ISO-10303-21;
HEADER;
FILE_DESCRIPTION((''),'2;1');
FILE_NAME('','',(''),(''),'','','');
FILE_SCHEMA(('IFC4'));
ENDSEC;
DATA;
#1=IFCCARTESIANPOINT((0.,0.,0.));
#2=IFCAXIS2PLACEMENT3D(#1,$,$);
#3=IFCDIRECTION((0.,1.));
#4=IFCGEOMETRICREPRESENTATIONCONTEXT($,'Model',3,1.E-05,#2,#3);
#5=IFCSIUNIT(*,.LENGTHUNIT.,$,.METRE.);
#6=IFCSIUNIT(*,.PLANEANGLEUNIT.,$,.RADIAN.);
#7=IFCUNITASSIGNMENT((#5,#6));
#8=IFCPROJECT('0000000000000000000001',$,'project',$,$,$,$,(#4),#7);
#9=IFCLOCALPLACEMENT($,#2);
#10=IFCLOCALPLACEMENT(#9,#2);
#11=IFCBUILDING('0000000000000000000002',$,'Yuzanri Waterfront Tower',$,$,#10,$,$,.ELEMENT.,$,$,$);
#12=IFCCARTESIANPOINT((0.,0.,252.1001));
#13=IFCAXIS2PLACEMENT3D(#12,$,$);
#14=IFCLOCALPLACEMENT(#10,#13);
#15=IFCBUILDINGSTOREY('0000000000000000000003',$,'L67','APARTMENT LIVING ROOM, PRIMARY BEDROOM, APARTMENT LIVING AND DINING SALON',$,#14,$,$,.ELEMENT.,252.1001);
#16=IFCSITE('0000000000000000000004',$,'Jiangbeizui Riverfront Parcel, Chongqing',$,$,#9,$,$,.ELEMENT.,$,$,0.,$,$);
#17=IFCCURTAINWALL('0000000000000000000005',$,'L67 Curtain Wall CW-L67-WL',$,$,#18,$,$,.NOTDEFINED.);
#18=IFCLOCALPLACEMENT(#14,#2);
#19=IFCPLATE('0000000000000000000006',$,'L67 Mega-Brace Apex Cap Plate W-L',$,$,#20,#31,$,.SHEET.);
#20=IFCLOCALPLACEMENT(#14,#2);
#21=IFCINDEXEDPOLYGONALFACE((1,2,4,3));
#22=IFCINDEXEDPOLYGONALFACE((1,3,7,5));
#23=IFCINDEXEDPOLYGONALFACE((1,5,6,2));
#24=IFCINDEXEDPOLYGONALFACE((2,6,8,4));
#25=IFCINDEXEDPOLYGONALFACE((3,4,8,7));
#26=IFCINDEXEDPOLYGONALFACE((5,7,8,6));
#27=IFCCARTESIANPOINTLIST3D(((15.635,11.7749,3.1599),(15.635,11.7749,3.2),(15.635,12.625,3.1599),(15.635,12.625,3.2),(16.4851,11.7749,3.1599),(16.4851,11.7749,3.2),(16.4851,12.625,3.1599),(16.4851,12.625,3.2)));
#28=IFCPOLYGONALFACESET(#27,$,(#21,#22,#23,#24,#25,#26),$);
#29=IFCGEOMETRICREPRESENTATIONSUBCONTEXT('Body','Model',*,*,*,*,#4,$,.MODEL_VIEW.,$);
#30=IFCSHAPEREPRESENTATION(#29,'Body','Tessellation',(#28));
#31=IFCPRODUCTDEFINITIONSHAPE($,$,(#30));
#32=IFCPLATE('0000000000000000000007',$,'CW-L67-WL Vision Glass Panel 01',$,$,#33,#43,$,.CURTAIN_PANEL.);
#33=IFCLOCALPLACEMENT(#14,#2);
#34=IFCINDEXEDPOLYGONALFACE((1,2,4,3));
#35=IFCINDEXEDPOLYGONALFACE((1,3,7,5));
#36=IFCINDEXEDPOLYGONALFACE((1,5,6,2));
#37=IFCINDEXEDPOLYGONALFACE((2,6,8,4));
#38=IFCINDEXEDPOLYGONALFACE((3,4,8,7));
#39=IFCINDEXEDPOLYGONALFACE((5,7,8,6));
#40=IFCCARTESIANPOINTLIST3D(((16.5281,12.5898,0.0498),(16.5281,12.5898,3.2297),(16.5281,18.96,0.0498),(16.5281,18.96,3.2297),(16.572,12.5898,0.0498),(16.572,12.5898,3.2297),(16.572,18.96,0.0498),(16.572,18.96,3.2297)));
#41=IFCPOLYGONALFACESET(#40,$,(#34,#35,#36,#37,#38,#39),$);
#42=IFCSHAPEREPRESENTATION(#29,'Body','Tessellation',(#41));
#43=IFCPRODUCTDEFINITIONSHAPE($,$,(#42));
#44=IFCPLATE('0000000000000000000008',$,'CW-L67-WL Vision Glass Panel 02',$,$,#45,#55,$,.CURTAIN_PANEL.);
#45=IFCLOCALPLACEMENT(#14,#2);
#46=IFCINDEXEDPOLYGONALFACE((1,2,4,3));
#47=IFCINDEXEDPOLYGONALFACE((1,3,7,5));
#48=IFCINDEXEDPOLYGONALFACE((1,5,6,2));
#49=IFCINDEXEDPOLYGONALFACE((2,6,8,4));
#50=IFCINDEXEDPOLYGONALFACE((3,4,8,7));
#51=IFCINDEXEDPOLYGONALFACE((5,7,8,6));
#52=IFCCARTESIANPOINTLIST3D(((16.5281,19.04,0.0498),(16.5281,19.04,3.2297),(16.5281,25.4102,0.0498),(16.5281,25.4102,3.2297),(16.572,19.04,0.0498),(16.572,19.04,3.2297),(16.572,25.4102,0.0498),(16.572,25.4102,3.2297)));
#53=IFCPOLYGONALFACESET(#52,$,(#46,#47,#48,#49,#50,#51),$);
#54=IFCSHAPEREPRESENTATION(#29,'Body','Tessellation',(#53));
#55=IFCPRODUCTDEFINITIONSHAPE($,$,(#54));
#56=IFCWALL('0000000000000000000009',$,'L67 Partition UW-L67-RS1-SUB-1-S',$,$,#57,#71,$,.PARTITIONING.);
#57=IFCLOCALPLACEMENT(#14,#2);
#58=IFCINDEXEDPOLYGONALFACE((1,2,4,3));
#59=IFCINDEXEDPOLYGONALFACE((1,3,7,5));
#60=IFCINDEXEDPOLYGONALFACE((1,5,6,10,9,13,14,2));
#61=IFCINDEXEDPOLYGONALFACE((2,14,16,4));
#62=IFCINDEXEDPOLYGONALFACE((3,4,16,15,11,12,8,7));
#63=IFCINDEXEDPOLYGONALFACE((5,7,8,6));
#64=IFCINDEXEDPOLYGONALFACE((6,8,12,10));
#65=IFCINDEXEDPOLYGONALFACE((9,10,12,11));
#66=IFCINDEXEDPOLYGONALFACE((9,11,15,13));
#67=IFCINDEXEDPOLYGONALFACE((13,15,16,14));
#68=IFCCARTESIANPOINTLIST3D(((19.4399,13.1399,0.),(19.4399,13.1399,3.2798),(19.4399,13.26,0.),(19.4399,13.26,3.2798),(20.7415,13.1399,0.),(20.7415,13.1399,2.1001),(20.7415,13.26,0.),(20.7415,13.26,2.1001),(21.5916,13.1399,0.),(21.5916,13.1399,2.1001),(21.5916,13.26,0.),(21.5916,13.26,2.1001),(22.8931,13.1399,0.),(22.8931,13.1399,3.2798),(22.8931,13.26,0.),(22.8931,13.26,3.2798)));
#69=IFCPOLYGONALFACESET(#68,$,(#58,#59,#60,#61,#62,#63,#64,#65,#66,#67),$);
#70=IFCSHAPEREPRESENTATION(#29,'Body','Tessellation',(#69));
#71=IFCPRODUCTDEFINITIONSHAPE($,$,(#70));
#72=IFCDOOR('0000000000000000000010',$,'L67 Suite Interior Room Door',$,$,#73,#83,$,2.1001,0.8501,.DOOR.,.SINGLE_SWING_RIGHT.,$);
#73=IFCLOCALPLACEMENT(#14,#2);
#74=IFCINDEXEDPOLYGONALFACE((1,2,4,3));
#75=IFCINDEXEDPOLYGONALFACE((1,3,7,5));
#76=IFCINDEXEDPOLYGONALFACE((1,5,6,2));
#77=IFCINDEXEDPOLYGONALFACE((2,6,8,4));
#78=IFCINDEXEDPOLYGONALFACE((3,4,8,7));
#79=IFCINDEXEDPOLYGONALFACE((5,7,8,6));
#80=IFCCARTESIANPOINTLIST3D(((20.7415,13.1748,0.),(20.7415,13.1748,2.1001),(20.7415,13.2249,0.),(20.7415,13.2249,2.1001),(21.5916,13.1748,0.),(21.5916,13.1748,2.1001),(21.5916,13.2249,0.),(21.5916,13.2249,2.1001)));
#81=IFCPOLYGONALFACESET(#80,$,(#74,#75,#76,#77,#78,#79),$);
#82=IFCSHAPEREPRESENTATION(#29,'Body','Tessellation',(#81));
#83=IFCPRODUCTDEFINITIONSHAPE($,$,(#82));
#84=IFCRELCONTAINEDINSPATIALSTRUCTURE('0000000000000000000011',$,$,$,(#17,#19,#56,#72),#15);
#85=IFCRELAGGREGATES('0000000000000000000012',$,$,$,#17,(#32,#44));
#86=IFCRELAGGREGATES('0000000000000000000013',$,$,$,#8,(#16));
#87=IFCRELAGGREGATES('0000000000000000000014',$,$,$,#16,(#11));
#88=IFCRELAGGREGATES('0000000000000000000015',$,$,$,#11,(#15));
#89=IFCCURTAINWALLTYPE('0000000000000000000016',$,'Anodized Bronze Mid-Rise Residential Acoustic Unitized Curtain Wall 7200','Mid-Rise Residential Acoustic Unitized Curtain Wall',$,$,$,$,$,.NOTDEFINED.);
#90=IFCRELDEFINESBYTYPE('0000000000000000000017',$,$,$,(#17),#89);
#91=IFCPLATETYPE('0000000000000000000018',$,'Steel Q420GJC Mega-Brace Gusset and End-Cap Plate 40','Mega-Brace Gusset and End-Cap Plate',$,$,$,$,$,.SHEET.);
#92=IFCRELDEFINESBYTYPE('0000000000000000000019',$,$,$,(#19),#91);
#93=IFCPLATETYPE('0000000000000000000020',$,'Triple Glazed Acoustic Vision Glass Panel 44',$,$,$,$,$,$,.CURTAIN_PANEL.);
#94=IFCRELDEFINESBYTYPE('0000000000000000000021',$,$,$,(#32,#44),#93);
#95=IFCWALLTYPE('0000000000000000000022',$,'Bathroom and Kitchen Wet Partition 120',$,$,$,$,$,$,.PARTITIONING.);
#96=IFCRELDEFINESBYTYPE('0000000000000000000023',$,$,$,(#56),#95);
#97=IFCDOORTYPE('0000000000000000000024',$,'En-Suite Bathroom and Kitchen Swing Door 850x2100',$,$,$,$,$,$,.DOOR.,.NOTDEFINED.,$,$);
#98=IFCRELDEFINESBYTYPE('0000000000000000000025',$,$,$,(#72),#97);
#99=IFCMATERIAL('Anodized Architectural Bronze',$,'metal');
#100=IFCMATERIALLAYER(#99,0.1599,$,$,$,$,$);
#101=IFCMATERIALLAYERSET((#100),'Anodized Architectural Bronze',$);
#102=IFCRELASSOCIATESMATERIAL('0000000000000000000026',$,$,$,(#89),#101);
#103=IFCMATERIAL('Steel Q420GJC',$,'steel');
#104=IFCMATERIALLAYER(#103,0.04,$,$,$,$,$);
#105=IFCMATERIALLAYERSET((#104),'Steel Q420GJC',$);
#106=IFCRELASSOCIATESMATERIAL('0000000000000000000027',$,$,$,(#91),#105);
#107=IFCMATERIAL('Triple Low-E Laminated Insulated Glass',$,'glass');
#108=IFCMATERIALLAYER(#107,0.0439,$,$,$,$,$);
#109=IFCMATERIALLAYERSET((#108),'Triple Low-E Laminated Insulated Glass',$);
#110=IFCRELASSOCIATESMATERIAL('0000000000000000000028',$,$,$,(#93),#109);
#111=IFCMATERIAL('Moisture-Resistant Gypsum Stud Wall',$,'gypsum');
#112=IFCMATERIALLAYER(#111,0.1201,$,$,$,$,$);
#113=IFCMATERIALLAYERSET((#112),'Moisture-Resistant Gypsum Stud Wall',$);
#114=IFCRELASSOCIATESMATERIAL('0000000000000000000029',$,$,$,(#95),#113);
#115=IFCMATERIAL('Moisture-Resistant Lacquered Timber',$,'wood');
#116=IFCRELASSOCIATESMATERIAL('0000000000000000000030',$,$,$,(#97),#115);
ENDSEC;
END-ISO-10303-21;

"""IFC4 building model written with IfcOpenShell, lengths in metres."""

from ifc_helpers import new_model, si_unit, direction, frame, frame_2d, origin, origin_2d, place, context, subcontext, project, spatial, rectangle, extrude, source, transform, mapped, material, layer, layer_set, type_object, element, fill, aggregate, save


model = new_model("IFC4")

# Units and contexts
model_context = context("Model", 3, precision=1e-05, world=origin(), true_north=direction((0.0, 1.0)))
body_context = subcontext(model_context, "Body", "Model", "MODEL_VIEW")
ifc_project = project(units=[si_unit("LENGTHUNIT", "METRE"), si_unit("PLANEANGLEUNIT", "RADIAN")], contexts=[model_context])

# Site, building, storey
site_placement = place(None, origin())
site = spatial("IfcSite", under=ifc_project, at=site_placement, Name="Jiangbeizui Riverfront Parcel, Chongqing", CompositionType="ELEMENT", RefElevation=0.0)
building_placement = place(site_placement, origin())
building = spatial("IfcBuilding", under=site, at=building_placement, Name="Yuzanri Waterfront Tower", CompositionType="ELEMENT")
storey_placement = place(building_placement, frame((0.0, 0.0, 252.1001)))
storey = spatial("IfcBuildingStorey", under=building, at=storey_placement, Name="L67", Description="APARTMENT LIVING ROOM, PRIMARY BEDROOM, APARTMENT LIVING AND DINING SALON", CompositionType="ELEMENT", Elevation=252.1001)

# Curtain wall
ifc_material_1 = material(Name="Anodized Architectural Bronze", Category="metal")
ifc_layer_1 = layer(ifc_material_1, 0.1599)
ifc_layer_set_1 = layer_set([ifc_layer_1], Name="Anodized Architectural Bronze")
curtain_wall_type = type_object("IfcCurtainWallType", Name="Anodized Bronze Mid-Rise Residential Acoustic Unitized Curtain Wall 7200", Description="Mid-Rise Residential Acoustic Unitized Curtain Wall", PredefinedType="NOTDEFINED", material=ifc_layer_set_1)
curtain_wall_placement = place(storey_placement, origin())
curtain_wall = element("IfcCurtainWall", 1, at=curtain_wall_placement, inside=storey, type_object=curtain_wall_type, Name="L67 Curtain Wall CW-L67-WL", PredefinedType="NOTDEFINED")

# Plates
ifc_material_2 = material(Name="Steel Q420GJC", Category="steel")
ifc_layer_2 = layer(ifc_material_2, 0.04)
ifc_layer_set_2 = layer_set([ifc_layer_2], Name="Steel Q420GJC")
plate_type_1 = type_object("IfcPlateType", Name="Steel Q420GJC Mega-Brace Gusset and End-Cap Plate 40", Description="Mega-Brace Gusset and End-Cap Plate", PredefinedType="SHEET", material=ifc_layer_set_2)
shared_shape_1 = source(origin(), body_context, "Body", "SweptSolid", [
    extrude(rectangle(XDim=0.8501, YDim=0.8501, at=origin_2d()), origin(), (0.0, 0.0, 1.0), 0.04),
])
plate_1_placement = place(storey_placement, frame((16.0601, 12.2, 3.1599), z_axis=(0.0, 0.0, 1.0), x_axis=(1.0, 0.0, 0.0)))
element("IfcPlate", 2, at=plate_1_placement, inside=storey, type_object=plate_type_1, Name="L67 Mega-Brace Apex Cap Plate W-L", PredefinedType="SHEET", context=body_context, shape_type="MappedRepresentation", body=[
    mapped(shared_shape_1, transform((0.0, 0.0, 0.0), scale=1.0)),
])
ifc_material_3 = material(Name="Triple Low-E Laminated Insulated Glass", Category="glass")
ifc_layer_3 = layer(ifc_material_3, 0.0439)
ifc_layer_set_3 = layer_set([ifc_layer_3], Name="Triple Low-E Laminated Insulated Glass")
plate_type_2 = type_object("IfcPlateType", Name="Triple Glazed Acoustic Vision Glass Panel 44", PredefinedType="CURTAIN_PANEL", material=ifc_layer_set_3)
shared_shape_2 = source(origin(), body_context, "Body", "SweptSolid", [
    extrude(rectangle(XDim=6.3701, YDim=0.0439, at=origin_2d()), origin(), (0.0, 0.0, 1.0), 3.1799),
])
plate_2_placement = place(storey_placement, frame((16.55, 15.7749, 0.0498), z_axis=(0.0, 0.0, 1.0), x_axis=(0.0, 1.0, 0.0)))
plate_2 = element("IfcPlate", 3, at=plate_2_placement, type_object=plate_type_2, Name="CW-L67-WL Vision Glass Panel 01", PredefinedType="CURTAIN_PANEL", context=body_context, shape_type="MappedRepresentation", body=[
    mapped(shared_shape_2, transform((0.0, 0.0, 0.0), scale=1.0)),
])
plate_3_placement = place(storey_placement, frame((16.55, 22.2251, 0.0498), z_axis=(0.0, 0.0, 1.0), x_axis=(0.0, 1.0, 0.0)))
plate_3 = element("IfcPlate", 4, at=plate_3_placement, type_object=plate_type_2, Name="CW-L67-WL Vision Glass Panel 02", PredefinedType="CURTAIN_PANEL", context=body_context, shape_type="MappedRepresentation", body=[
    mapped(shared_shape_2, transform((0.0, 0.0, 0.0), scale=1.0)),
])
aggregate(curtain_wall, [plate_2, plate_3])

# Wall, opening, door
ifc_material_4 = material(Name="Moisture-Resistant Gypsum Stud Wall", Category="gypsum")
ifc_layer_4 = layer(ifc_material_4, 0.1201)
ifc_layer_set_4 = layer_set([ifc_layer_4], Name="Moisture-Resistant Gypsum Stud Wall")
wall_type_1 = type_object("IfcWallType", Name="Bathroom and Kitchen Wet Partition 120", PredefinedType="PARTITIONING", material=ifc_layer_set_4)
wall_1_placement = place(storey_placement, frame((19.4399, 13.2, 0.0), z_axis=(0.0, 0.0, 1.0), x_axis=(1.0, 0.0, 0.0)))
wall_1 = element("IfcWall", 5, at=wall_1_placement, inside=storey, type_object=wall_type_1, Name="L67 Partition UW-L67-RS1-SUB-1-S", PredefinedType="PARTITIONING", context=body_context, shape_type="SweptSolid", body=[
    extrude(rectangle(XDim=3.4531, YDim=0.1201, at=frame_2d((1.7266, 0.0))), origin(), (0.0, 0.0, 1.0), 3.2798),
])
opening_1_placement = place(wall_1_placement, frame((1.3015, 0.0, 0.0)))
opening_1 = element("IfcOpeningElement", 6, at=opening_1_placement, cuts=wall_1, PredefinedType="OPENING", context=body_context, shape_type="SweptSolid", body=[
    extrude(rectangle(XDim=0.8501, YDim=2.1001, at=frame_2d((0.425, 1.05))), frame((0.0, 0.075, 0.0), z_axis=(0.0, -1.0, 0.0), x_axis=(1.0, 0.0, 0.0)), (0.0, 0.0, 1.0), 0.1499),
])
ifc_material_5 = material(Name="Moisture-Resistant Lacquered Timber", Category="wood")
door_type_1 = type_object("IfcDoorType", Name="En-Suite Bathroom and Kitchen Swing Door 850x2100", OperationType="NOTDEFINED", PredefinedType="DOOR", material=ifc_material_5)
shared_shape_3 = source(origin(), body_context, "Body", "SweptSolid", [
    extrude(rectangle(XDim=0.8501, YDim=2.1001, at=frame_2d((0.425, 1.05))), frame((0.0, 0.0249, 0.0), z_axis=(0.0, -1.0, 0.0), x_axis=(1.0, 0.0, 0.0)), (0.0, 0.0, 1.0), 0.05),
])
door_1_placement = place(opening_1_placement, origin())
door_1 = element("IfcDoor", 7, at=door_1_placement, inside=storey, type_object=door_type_1, Name="L67 Suite Interior Room Door", OperationType="SINGLE_SWING_RIGHT", OverallHeight=2.1001, OverallWidth=0.8501, PredefinedType="DOOR", context=body_context, shape_type="MappedRepresentation", body=[
    mapped(shared_shape_3, transform((0.0, 0.0, 0.0), scale=1.0)),
])
fill(opening_1, door_1)

save(model, "model.ifc")
